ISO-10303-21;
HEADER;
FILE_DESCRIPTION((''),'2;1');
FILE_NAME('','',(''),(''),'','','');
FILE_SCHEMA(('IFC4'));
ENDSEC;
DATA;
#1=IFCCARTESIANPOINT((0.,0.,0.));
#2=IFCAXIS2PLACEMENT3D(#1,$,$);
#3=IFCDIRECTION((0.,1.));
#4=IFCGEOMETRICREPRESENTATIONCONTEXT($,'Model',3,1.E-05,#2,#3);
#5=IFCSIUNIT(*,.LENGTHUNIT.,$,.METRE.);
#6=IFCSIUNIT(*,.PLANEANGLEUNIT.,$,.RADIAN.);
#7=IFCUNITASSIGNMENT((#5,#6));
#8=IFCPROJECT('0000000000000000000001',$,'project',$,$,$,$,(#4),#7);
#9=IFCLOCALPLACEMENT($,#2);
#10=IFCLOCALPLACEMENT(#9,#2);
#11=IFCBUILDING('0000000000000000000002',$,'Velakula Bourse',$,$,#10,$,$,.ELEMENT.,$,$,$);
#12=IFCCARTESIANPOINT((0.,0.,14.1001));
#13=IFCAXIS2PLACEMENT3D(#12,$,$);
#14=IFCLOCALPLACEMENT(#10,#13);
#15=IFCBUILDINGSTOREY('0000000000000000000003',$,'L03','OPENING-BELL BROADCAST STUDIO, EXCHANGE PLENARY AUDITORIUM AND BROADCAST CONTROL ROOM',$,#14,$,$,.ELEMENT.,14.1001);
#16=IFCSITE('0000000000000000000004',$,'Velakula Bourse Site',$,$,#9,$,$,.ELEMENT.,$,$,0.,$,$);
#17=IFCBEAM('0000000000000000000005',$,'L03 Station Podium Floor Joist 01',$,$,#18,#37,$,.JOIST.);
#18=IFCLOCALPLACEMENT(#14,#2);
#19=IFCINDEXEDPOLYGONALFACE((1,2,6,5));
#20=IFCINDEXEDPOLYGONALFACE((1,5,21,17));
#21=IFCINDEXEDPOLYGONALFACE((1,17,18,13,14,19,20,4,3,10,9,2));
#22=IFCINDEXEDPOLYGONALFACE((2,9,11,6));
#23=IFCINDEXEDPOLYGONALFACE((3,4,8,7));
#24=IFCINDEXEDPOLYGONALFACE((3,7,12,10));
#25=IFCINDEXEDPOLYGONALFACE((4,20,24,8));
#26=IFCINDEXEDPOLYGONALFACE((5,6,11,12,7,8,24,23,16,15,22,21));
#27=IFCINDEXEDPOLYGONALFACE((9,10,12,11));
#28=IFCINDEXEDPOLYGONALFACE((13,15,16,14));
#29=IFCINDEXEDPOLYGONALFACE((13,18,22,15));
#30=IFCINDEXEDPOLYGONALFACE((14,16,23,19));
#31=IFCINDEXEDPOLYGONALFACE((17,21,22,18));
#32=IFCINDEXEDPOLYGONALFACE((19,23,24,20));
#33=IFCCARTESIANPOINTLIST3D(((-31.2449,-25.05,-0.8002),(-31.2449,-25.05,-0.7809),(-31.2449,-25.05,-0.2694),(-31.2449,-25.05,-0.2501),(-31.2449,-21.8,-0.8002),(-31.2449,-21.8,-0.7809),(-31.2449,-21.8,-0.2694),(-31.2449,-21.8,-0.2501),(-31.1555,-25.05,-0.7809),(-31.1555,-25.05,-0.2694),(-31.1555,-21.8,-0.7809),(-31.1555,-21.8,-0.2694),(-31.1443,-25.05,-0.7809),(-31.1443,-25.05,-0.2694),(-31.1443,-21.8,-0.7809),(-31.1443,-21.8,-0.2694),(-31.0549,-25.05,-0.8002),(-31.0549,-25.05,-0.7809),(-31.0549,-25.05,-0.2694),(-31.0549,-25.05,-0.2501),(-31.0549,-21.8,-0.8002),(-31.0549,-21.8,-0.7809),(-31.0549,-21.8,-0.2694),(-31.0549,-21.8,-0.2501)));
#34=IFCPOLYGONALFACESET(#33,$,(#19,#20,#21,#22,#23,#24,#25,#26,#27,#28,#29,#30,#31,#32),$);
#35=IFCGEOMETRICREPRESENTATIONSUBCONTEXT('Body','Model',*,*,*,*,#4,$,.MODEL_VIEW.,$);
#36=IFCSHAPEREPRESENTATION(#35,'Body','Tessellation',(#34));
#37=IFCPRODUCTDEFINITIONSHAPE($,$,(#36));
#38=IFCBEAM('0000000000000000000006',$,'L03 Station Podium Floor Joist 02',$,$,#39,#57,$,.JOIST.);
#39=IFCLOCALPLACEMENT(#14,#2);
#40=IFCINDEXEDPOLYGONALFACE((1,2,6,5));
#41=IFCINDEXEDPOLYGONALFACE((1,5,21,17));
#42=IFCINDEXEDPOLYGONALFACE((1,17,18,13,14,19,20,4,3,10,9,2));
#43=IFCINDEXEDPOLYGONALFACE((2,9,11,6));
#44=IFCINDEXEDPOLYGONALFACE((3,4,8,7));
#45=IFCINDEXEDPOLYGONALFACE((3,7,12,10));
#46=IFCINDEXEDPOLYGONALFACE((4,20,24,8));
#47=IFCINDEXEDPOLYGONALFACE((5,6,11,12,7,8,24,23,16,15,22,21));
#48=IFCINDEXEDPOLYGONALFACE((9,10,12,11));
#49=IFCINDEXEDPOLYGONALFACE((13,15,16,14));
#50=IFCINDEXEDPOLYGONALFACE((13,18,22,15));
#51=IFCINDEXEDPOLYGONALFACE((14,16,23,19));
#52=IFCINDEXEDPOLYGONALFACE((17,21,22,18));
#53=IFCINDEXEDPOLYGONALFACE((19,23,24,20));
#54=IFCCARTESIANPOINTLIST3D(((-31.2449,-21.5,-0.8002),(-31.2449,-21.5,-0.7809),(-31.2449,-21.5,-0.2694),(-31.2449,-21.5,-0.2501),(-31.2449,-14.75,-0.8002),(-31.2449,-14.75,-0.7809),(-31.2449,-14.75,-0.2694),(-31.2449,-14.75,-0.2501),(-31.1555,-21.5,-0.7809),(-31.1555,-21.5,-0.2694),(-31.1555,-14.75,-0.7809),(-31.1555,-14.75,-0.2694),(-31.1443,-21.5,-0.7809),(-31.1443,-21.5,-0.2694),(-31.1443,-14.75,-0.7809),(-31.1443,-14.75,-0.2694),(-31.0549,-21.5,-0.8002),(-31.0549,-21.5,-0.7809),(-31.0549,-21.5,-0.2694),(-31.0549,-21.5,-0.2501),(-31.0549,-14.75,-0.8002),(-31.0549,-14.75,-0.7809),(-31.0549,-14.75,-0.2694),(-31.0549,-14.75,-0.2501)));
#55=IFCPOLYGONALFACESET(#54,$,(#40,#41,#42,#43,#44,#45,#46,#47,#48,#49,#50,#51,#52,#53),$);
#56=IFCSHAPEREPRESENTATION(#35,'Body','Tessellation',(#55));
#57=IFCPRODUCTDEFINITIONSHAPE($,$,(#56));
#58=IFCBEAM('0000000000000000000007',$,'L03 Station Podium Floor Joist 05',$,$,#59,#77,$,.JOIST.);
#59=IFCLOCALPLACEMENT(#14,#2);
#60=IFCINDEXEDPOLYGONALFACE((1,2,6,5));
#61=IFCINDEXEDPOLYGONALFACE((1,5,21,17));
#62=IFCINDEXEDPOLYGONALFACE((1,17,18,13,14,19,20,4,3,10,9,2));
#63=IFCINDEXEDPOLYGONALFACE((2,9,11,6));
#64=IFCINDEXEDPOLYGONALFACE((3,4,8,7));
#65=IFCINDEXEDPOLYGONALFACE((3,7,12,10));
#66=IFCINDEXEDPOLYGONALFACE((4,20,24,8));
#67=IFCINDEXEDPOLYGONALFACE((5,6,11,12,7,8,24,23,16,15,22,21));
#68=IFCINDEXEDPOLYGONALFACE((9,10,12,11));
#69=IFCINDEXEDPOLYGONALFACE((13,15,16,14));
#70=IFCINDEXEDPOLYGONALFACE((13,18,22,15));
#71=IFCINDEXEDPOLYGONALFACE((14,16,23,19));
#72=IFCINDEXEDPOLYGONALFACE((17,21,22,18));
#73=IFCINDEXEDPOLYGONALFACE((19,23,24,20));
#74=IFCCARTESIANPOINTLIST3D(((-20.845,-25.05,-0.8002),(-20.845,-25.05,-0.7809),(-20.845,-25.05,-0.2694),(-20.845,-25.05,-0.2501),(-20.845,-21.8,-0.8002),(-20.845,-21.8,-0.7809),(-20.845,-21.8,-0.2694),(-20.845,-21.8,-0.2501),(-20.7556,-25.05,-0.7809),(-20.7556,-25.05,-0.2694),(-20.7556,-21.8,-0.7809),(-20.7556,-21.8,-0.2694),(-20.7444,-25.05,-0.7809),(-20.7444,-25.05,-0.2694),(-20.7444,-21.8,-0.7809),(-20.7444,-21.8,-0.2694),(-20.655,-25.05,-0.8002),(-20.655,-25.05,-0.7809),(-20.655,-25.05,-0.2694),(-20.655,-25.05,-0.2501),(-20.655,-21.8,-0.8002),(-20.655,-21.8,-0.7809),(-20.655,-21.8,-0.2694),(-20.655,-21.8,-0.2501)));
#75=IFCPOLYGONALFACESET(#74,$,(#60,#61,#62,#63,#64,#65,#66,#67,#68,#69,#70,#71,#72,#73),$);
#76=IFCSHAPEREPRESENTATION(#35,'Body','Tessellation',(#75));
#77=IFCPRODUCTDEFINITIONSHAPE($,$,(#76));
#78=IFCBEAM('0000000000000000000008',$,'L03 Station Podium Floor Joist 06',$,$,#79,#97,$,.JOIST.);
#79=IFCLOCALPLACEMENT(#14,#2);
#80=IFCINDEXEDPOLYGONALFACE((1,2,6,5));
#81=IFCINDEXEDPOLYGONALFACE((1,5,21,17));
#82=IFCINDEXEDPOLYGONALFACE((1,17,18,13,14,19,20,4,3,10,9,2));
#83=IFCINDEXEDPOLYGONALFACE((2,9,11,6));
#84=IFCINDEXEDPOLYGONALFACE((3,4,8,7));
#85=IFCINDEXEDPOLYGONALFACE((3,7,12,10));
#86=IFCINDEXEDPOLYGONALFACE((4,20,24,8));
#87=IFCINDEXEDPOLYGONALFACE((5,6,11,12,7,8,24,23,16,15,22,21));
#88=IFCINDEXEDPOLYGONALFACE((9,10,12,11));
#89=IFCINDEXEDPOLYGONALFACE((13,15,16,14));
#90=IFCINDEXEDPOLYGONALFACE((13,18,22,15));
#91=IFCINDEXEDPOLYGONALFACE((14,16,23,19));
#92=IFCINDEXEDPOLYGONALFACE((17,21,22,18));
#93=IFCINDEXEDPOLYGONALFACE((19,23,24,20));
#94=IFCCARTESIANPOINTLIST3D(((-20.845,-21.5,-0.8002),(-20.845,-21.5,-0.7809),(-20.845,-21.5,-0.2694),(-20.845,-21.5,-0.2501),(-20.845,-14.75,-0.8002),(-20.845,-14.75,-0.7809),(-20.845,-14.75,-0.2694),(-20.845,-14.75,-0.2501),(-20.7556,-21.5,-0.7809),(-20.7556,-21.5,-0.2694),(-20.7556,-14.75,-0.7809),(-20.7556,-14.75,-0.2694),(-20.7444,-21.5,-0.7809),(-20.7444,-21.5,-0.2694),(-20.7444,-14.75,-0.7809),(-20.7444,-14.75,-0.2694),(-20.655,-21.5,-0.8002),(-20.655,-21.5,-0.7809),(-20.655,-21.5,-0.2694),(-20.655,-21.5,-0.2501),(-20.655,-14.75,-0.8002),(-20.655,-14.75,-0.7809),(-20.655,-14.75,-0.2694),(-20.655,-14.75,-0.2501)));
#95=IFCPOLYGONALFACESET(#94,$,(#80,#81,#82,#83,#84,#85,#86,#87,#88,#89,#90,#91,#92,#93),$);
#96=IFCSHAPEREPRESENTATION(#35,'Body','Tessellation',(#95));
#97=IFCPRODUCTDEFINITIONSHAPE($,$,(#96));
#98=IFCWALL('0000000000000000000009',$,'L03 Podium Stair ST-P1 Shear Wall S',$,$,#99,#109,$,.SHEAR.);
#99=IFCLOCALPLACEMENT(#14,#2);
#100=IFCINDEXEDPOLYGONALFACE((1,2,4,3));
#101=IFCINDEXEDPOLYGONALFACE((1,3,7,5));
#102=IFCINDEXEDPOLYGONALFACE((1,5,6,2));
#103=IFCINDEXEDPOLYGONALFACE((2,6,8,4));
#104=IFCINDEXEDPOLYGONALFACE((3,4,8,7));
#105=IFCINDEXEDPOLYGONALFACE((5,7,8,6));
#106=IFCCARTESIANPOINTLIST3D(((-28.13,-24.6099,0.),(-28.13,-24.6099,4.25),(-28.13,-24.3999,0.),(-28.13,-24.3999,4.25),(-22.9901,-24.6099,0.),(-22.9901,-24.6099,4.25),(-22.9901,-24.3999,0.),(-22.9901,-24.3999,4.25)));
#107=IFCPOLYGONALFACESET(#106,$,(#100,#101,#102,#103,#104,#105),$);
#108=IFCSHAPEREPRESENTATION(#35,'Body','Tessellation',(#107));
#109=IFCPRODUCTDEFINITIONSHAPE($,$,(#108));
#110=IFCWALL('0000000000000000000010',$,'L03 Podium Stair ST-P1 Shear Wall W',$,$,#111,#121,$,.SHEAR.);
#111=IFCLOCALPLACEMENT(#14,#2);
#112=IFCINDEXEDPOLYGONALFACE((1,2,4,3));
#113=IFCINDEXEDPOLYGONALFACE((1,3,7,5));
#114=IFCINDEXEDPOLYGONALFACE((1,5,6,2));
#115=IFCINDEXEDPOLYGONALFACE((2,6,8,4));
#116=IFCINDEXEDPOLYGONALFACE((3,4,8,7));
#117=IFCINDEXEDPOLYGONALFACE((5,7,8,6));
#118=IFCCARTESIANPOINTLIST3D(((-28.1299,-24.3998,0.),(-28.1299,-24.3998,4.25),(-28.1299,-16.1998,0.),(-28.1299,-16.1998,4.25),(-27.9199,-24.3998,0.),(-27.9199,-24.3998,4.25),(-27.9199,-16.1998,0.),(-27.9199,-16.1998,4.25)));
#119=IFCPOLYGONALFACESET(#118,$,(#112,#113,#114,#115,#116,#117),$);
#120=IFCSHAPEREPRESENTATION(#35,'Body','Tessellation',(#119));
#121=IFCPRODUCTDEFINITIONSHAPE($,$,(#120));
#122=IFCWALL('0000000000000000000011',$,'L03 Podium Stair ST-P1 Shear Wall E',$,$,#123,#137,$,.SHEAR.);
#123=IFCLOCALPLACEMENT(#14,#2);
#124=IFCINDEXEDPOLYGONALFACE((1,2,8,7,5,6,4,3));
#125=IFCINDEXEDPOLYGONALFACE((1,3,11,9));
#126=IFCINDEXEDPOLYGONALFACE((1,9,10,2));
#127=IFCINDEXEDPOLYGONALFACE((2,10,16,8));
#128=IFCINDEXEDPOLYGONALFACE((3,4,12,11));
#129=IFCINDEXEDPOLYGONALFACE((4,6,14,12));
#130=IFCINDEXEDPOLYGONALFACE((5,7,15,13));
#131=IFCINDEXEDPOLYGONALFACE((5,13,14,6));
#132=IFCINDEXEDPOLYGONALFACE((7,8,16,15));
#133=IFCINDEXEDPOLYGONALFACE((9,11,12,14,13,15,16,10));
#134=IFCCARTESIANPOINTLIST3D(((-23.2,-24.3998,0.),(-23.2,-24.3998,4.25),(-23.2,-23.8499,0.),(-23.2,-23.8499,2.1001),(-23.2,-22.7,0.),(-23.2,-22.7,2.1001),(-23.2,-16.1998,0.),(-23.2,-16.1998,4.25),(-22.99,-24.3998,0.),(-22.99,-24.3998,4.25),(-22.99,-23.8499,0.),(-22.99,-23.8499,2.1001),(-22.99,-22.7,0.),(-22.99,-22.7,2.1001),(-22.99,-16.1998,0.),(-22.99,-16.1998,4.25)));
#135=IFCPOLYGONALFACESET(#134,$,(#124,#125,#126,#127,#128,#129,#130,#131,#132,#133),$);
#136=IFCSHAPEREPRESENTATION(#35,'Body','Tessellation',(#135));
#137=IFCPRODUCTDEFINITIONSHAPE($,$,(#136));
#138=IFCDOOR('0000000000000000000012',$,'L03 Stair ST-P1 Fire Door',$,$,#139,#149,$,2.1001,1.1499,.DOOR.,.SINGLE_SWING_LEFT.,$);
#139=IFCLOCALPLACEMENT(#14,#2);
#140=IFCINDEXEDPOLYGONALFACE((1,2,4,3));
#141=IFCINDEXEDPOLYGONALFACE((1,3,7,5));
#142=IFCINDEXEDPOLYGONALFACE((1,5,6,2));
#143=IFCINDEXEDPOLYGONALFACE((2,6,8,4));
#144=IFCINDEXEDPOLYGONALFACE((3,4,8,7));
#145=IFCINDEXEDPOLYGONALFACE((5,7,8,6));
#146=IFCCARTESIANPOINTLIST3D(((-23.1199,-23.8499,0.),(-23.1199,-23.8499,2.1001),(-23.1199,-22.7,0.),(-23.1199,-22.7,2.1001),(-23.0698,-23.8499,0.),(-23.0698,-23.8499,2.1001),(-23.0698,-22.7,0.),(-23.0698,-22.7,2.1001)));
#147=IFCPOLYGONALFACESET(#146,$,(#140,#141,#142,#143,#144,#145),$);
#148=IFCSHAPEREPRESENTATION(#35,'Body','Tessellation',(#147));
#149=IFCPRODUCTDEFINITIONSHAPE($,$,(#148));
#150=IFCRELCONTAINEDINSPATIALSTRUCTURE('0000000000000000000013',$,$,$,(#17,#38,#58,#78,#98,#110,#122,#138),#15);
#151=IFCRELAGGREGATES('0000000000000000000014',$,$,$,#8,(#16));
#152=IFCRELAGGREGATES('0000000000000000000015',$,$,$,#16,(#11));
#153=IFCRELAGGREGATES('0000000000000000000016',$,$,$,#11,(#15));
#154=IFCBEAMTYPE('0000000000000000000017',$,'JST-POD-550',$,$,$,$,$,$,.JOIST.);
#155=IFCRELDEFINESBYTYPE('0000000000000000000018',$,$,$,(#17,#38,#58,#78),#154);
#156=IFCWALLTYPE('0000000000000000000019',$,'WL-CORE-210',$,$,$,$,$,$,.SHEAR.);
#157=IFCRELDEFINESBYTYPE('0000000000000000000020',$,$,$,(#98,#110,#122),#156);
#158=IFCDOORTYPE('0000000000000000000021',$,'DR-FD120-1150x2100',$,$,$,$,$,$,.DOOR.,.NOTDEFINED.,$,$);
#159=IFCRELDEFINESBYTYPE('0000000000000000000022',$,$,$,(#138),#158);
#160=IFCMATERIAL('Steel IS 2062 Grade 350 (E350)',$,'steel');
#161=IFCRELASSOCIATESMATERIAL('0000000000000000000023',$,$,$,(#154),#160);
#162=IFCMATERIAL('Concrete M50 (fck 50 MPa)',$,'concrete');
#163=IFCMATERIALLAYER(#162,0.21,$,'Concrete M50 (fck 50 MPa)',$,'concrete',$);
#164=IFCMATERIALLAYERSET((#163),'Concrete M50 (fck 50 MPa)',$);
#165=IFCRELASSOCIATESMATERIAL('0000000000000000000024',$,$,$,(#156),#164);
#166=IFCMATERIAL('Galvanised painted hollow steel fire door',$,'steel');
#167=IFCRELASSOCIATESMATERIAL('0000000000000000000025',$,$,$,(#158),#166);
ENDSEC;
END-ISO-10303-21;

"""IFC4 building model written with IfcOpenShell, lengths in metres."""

from ifc_helpers import new_model, si_unit, direction, frame, frame_2d, origin, origin_2d, place, context, subcontext, project, spatial, rectangle, i_section, extrude, material, layer, layer_set, material_profile, profile_set, type_object, element, fill, save


model = new_model("IFC4")

# Units and contexts
model_context = context("Model", 3, precision=1e-05, world=origin(), true_north=direction((0.0, 1.0)))
body_context = subcontext(model_context, "Body", "Model", "MODEL_VIEW")
ifc_project = project(units=[si_unit("LENGTHUNIT", "METRE"), si_unit("PLANEANGLEUNIT", "RADIAN")], contexts=[model_context])

# Site, building, storey
site_placement = place(None, origin())
site = spatial("IfcSite", under=ifc_project, at=site_placement, Name="Velakula Bourse Site", CompositionType="ELEMENT", RefElevation=0.0)
building_placement = place(site_placement, origin())
building = spatial("IfcBuilding", under=site, at=building_placement, Name="Velakula Bourse", CompositionType="ELEMENT")
storey_placement = place(building_placement, frame((0.0, 0.0, 14.1001)))
storey = spatial("IfcBuildingStorey", under=building, at=storey_placement, Name="L03", Description="OPENING-BELL BROADCAST STUDIO, EXCHANGE PLENARY AUDITORIUM AND BROADCAST CONTROL ROOM", CompositionType="ELEMENT", Elevation=14.1001)

# Beams
ifc_material_1 = material(Name="Steel IS 2062 Grade 350 (E350)", Category="steel")
ifc_material_profile_1 = material_profile(ifc_material_1, i_section(OverallWidth=0.1899, OverallDepth=0.55, WebThickness=0.0112, FlangeThickness=0.0193, at=origin_2d()), Name="Steel IS 2062 Grade 350 (E350)")
ifc_profile_set_1 = profile_set([ifc_material_profile_1], Name="Steel IS 2062 Grade 350 (E350)")
beam_type_1 = type_object("IfcBeamType", Name="JST-POD-550", PredefinedType="JOIST", material=ifc_profile_set_1)
beam_1_placement = place(storey_placement, frame((-31.1499, -25.05, -0.5251), z_axis=(0.0, 1.0, 0.0), x_axis=(-1.0, 0.0, 0.0)))
element("IfcBeam", 1, at=beam_1_placement, inside=storey, type_object=beam_type_1, Name="L03 Station Podium Floor Joist 01", PredefinedType="JOIST", context=body_context, shape_type="SweptSolid", body=[
    extrude(i_section(OverallWidth=0.1899, OverallDepth=0.55, WebThickness=0.0112, FlangeThickness=0.0193, at=origin_2d()), origin(), (0.0, 0.0, 1.0), 3.25),
])
beam_2_placement = place(storey_placement, frame((-31.1499, -21.5, -0.5251), z_axis=(0.0, 1.0, 0.0), x_axis=(-1.0, 0.0, 0.0)))
element("IfcBeam", 2, at=beam_2_placement, inside=storey, type_object=beam_type_1, Name="L03 Station Podium Floor Joist 02", PredefinedType="JOIST", context=body_context, shape_type="SweptSolid", body=[
    extrude(i_section(OverallWidth=0.1899, OverallDepth=0.55, WebThickness=0.0112, FlangeThickness=0.0193, at=origin_2d()), origin(), (0.0, 0.0, 1.0), 6.75),
])
beam_3_placement = place(storey_placement, frame((-20.75, -25.05, -0.5251), z_axis=(0.0, 1.0, 0.0), x_axis=(-1.0, 0.0, 0.0)))
element("IfcBeam", 3, at=beam_3_placement, inside=storey, type_object=beam_type_1, Name="L03 Station Podium Floor Joist 05", PredefinedType="JOIST", context=body_context, shape_type="SweptSolid", body=[
    extrude(i_section(OverallWidth=0.1899, OverallDepth=0.55, WebThickness=0.0112, FlangeThickness=0.0193, at=origin_2d()), origin(), (0.0, 0.0, 1.0), 3.25),
])
beam_4_placement = place(storey_placement, frame((-20.75, -21.5, -0.5251), z_axis=(0.0, 1.0, 0.0), x_axis=(-1.0, 0.0, 0.0)))
element("IfcBeam", 4, at=beam_4_placement, inside=storey, type_object=beam_type_1, Name="L03 Station Podium Floor Joist 06", PredefinedType="JOIST", context=body_context, shape_type="SweptSolid", body=[
    extrude(i_section(OverallWidth=0.1899, OverallDepth=0.55, WebThickness=0.0112, FlangeThickness=0.0193, at=origin_2d()), origin(), (0.0, 0.0, 1.0), 6.75),
])

# Walls
ifc_material_2 = material(Name="Concrete M50 (fck 50 MPa)", Category="concrete")
ifc_layer_1 = layer(ifc_material_2, 0.21, Name="Concrete M50 (fck 50 MPa)", Category="concrete")
ifc_layer_set_1 = layer_set([ifc_layer_1], Name="Concrete M50 (fck 50 MPa)")
wall_type_1 = type_object("IfcWallType", Name="WL-CORE-210", PredefinedType="SHEAR", material=ifc_layer_set_1)
wall_1_placement = place(storey_placement, frame((-28.1299, -24.5049, 0.0), z_axis=(0.0, 0.0, 1.0), x_axis=(1.0, 0.0, 0.0)))
element("IfcWall", 5, at=wall_1_placement, inside=storey, type_object=wall_type_1, Name="L03 Podium Stair ST-P1 Shear Wall S", PredefinedType="SHEAR", context=body_context, shape_type="SweptSolid", body=[
    extrude(rectangle(XDim=5.1399, YDim=0.21, at=frame_2d((2.5698, 0.0))), origin(), (0.0, 0.0, 1.0), 4.25),
])
wall_2_placement = place(storey_placement, frame((-28.0249, -24.3999, 0.0), z_axis=(0.0, 0.0, 1.0), x_axis=(0.0, 1.0, 0.0)))
element("IfcWall", 6, at=wall_2_placement, inside=storey, type_object=wall_type_1, Name="L03 Podium Stair ST-P1 Shear Wall W", PredefinedType="SHEAR", context=body_context, shape_type="SweptSolid", body=[
    extrude(rectangle(XDim=8.2, YDim=0.21, at=frame_2d((4.1001, 0.0))), origin(), (0.0, 0.0, 1.0), 4.25),
])

# Wall, opening, door
wall_3_placement = place(storey_placement, frame((-23.095, -24.3999, 0.0), z_axis=(0.0, 0.0, 1.0), x_axis=(0.0, 1.0, 0.0)))
wall_3 = element("IfcWall", 7, at=wall_3_placement, inside=storey, type_object=wall_type_1, Name="L03 Podium Stair ST-P1 Shear Wall E", PredefinedType="SHEAR", context=body_context, shape_type="SweptSolid", body=[
    extrude(rectangle(XDim=8.2, YDim=0.21, at=frame_2d((4.1001, 0.0))), origin(), (0.0, 0.0, 1.0), 4.25),
])
opening_1_placement = place(wall_3_placement, frame((0.55, 0.0, 0.0)))
opening_1 = element("IfcOpeningElement", 8, at=opening_1_placement, cuts=wall_3, PredefinedType="OPENING", context=body_context, shape_type="SweptSolid", body=[
    extrude(rectangle(XDim=1.1499, YDim=2.1001, at=frame_2d((0.575, 1.05))), frame((0.0, 0.115, 0.0), z_axis=(0.0, -1.0, 0.0), x_axis=(1.0, 0.0, 0.0)), (0.0, 0.0, 1.0), 0.23),
])
ifc_material_3 = material(Name="Galvanised painted hollow steel fire door", Category="steel")
door_type = type_object("IfcDoorType", Name="DR-FD120-1150x2100", OperationType="NOTDEFINED", PredefinedType="DOOR", material=ifc_material_3)
door_placement = place(opening_1_placement, origin())
door = element("IfcDoor", 9, at=door_placement, inside=storey, type_object=door_type, Name="L03 Stair ST-P1 Fire Door", OperationType="SINGLE_SWING_LEFT", OverallHeight=2.1001, OverallWidth=1.1499, PredefinedType="DOOR", context=body_context, shape_type="SweptSolid", body=[
    extrude(rectangle(XDim=1.1499, YDim=2.1001, at=frame_2d((0.575, 1.05))), frame((0.0, 0.0249, 0.0), z_axis=(0.0, -1.0, 0.0), x_axis=(1.0, 0.0, 0.0)), (0.0, 0.0, 1.0), 0.05),
])
fill(opening_1, door)

save(model, "model.ifc")
